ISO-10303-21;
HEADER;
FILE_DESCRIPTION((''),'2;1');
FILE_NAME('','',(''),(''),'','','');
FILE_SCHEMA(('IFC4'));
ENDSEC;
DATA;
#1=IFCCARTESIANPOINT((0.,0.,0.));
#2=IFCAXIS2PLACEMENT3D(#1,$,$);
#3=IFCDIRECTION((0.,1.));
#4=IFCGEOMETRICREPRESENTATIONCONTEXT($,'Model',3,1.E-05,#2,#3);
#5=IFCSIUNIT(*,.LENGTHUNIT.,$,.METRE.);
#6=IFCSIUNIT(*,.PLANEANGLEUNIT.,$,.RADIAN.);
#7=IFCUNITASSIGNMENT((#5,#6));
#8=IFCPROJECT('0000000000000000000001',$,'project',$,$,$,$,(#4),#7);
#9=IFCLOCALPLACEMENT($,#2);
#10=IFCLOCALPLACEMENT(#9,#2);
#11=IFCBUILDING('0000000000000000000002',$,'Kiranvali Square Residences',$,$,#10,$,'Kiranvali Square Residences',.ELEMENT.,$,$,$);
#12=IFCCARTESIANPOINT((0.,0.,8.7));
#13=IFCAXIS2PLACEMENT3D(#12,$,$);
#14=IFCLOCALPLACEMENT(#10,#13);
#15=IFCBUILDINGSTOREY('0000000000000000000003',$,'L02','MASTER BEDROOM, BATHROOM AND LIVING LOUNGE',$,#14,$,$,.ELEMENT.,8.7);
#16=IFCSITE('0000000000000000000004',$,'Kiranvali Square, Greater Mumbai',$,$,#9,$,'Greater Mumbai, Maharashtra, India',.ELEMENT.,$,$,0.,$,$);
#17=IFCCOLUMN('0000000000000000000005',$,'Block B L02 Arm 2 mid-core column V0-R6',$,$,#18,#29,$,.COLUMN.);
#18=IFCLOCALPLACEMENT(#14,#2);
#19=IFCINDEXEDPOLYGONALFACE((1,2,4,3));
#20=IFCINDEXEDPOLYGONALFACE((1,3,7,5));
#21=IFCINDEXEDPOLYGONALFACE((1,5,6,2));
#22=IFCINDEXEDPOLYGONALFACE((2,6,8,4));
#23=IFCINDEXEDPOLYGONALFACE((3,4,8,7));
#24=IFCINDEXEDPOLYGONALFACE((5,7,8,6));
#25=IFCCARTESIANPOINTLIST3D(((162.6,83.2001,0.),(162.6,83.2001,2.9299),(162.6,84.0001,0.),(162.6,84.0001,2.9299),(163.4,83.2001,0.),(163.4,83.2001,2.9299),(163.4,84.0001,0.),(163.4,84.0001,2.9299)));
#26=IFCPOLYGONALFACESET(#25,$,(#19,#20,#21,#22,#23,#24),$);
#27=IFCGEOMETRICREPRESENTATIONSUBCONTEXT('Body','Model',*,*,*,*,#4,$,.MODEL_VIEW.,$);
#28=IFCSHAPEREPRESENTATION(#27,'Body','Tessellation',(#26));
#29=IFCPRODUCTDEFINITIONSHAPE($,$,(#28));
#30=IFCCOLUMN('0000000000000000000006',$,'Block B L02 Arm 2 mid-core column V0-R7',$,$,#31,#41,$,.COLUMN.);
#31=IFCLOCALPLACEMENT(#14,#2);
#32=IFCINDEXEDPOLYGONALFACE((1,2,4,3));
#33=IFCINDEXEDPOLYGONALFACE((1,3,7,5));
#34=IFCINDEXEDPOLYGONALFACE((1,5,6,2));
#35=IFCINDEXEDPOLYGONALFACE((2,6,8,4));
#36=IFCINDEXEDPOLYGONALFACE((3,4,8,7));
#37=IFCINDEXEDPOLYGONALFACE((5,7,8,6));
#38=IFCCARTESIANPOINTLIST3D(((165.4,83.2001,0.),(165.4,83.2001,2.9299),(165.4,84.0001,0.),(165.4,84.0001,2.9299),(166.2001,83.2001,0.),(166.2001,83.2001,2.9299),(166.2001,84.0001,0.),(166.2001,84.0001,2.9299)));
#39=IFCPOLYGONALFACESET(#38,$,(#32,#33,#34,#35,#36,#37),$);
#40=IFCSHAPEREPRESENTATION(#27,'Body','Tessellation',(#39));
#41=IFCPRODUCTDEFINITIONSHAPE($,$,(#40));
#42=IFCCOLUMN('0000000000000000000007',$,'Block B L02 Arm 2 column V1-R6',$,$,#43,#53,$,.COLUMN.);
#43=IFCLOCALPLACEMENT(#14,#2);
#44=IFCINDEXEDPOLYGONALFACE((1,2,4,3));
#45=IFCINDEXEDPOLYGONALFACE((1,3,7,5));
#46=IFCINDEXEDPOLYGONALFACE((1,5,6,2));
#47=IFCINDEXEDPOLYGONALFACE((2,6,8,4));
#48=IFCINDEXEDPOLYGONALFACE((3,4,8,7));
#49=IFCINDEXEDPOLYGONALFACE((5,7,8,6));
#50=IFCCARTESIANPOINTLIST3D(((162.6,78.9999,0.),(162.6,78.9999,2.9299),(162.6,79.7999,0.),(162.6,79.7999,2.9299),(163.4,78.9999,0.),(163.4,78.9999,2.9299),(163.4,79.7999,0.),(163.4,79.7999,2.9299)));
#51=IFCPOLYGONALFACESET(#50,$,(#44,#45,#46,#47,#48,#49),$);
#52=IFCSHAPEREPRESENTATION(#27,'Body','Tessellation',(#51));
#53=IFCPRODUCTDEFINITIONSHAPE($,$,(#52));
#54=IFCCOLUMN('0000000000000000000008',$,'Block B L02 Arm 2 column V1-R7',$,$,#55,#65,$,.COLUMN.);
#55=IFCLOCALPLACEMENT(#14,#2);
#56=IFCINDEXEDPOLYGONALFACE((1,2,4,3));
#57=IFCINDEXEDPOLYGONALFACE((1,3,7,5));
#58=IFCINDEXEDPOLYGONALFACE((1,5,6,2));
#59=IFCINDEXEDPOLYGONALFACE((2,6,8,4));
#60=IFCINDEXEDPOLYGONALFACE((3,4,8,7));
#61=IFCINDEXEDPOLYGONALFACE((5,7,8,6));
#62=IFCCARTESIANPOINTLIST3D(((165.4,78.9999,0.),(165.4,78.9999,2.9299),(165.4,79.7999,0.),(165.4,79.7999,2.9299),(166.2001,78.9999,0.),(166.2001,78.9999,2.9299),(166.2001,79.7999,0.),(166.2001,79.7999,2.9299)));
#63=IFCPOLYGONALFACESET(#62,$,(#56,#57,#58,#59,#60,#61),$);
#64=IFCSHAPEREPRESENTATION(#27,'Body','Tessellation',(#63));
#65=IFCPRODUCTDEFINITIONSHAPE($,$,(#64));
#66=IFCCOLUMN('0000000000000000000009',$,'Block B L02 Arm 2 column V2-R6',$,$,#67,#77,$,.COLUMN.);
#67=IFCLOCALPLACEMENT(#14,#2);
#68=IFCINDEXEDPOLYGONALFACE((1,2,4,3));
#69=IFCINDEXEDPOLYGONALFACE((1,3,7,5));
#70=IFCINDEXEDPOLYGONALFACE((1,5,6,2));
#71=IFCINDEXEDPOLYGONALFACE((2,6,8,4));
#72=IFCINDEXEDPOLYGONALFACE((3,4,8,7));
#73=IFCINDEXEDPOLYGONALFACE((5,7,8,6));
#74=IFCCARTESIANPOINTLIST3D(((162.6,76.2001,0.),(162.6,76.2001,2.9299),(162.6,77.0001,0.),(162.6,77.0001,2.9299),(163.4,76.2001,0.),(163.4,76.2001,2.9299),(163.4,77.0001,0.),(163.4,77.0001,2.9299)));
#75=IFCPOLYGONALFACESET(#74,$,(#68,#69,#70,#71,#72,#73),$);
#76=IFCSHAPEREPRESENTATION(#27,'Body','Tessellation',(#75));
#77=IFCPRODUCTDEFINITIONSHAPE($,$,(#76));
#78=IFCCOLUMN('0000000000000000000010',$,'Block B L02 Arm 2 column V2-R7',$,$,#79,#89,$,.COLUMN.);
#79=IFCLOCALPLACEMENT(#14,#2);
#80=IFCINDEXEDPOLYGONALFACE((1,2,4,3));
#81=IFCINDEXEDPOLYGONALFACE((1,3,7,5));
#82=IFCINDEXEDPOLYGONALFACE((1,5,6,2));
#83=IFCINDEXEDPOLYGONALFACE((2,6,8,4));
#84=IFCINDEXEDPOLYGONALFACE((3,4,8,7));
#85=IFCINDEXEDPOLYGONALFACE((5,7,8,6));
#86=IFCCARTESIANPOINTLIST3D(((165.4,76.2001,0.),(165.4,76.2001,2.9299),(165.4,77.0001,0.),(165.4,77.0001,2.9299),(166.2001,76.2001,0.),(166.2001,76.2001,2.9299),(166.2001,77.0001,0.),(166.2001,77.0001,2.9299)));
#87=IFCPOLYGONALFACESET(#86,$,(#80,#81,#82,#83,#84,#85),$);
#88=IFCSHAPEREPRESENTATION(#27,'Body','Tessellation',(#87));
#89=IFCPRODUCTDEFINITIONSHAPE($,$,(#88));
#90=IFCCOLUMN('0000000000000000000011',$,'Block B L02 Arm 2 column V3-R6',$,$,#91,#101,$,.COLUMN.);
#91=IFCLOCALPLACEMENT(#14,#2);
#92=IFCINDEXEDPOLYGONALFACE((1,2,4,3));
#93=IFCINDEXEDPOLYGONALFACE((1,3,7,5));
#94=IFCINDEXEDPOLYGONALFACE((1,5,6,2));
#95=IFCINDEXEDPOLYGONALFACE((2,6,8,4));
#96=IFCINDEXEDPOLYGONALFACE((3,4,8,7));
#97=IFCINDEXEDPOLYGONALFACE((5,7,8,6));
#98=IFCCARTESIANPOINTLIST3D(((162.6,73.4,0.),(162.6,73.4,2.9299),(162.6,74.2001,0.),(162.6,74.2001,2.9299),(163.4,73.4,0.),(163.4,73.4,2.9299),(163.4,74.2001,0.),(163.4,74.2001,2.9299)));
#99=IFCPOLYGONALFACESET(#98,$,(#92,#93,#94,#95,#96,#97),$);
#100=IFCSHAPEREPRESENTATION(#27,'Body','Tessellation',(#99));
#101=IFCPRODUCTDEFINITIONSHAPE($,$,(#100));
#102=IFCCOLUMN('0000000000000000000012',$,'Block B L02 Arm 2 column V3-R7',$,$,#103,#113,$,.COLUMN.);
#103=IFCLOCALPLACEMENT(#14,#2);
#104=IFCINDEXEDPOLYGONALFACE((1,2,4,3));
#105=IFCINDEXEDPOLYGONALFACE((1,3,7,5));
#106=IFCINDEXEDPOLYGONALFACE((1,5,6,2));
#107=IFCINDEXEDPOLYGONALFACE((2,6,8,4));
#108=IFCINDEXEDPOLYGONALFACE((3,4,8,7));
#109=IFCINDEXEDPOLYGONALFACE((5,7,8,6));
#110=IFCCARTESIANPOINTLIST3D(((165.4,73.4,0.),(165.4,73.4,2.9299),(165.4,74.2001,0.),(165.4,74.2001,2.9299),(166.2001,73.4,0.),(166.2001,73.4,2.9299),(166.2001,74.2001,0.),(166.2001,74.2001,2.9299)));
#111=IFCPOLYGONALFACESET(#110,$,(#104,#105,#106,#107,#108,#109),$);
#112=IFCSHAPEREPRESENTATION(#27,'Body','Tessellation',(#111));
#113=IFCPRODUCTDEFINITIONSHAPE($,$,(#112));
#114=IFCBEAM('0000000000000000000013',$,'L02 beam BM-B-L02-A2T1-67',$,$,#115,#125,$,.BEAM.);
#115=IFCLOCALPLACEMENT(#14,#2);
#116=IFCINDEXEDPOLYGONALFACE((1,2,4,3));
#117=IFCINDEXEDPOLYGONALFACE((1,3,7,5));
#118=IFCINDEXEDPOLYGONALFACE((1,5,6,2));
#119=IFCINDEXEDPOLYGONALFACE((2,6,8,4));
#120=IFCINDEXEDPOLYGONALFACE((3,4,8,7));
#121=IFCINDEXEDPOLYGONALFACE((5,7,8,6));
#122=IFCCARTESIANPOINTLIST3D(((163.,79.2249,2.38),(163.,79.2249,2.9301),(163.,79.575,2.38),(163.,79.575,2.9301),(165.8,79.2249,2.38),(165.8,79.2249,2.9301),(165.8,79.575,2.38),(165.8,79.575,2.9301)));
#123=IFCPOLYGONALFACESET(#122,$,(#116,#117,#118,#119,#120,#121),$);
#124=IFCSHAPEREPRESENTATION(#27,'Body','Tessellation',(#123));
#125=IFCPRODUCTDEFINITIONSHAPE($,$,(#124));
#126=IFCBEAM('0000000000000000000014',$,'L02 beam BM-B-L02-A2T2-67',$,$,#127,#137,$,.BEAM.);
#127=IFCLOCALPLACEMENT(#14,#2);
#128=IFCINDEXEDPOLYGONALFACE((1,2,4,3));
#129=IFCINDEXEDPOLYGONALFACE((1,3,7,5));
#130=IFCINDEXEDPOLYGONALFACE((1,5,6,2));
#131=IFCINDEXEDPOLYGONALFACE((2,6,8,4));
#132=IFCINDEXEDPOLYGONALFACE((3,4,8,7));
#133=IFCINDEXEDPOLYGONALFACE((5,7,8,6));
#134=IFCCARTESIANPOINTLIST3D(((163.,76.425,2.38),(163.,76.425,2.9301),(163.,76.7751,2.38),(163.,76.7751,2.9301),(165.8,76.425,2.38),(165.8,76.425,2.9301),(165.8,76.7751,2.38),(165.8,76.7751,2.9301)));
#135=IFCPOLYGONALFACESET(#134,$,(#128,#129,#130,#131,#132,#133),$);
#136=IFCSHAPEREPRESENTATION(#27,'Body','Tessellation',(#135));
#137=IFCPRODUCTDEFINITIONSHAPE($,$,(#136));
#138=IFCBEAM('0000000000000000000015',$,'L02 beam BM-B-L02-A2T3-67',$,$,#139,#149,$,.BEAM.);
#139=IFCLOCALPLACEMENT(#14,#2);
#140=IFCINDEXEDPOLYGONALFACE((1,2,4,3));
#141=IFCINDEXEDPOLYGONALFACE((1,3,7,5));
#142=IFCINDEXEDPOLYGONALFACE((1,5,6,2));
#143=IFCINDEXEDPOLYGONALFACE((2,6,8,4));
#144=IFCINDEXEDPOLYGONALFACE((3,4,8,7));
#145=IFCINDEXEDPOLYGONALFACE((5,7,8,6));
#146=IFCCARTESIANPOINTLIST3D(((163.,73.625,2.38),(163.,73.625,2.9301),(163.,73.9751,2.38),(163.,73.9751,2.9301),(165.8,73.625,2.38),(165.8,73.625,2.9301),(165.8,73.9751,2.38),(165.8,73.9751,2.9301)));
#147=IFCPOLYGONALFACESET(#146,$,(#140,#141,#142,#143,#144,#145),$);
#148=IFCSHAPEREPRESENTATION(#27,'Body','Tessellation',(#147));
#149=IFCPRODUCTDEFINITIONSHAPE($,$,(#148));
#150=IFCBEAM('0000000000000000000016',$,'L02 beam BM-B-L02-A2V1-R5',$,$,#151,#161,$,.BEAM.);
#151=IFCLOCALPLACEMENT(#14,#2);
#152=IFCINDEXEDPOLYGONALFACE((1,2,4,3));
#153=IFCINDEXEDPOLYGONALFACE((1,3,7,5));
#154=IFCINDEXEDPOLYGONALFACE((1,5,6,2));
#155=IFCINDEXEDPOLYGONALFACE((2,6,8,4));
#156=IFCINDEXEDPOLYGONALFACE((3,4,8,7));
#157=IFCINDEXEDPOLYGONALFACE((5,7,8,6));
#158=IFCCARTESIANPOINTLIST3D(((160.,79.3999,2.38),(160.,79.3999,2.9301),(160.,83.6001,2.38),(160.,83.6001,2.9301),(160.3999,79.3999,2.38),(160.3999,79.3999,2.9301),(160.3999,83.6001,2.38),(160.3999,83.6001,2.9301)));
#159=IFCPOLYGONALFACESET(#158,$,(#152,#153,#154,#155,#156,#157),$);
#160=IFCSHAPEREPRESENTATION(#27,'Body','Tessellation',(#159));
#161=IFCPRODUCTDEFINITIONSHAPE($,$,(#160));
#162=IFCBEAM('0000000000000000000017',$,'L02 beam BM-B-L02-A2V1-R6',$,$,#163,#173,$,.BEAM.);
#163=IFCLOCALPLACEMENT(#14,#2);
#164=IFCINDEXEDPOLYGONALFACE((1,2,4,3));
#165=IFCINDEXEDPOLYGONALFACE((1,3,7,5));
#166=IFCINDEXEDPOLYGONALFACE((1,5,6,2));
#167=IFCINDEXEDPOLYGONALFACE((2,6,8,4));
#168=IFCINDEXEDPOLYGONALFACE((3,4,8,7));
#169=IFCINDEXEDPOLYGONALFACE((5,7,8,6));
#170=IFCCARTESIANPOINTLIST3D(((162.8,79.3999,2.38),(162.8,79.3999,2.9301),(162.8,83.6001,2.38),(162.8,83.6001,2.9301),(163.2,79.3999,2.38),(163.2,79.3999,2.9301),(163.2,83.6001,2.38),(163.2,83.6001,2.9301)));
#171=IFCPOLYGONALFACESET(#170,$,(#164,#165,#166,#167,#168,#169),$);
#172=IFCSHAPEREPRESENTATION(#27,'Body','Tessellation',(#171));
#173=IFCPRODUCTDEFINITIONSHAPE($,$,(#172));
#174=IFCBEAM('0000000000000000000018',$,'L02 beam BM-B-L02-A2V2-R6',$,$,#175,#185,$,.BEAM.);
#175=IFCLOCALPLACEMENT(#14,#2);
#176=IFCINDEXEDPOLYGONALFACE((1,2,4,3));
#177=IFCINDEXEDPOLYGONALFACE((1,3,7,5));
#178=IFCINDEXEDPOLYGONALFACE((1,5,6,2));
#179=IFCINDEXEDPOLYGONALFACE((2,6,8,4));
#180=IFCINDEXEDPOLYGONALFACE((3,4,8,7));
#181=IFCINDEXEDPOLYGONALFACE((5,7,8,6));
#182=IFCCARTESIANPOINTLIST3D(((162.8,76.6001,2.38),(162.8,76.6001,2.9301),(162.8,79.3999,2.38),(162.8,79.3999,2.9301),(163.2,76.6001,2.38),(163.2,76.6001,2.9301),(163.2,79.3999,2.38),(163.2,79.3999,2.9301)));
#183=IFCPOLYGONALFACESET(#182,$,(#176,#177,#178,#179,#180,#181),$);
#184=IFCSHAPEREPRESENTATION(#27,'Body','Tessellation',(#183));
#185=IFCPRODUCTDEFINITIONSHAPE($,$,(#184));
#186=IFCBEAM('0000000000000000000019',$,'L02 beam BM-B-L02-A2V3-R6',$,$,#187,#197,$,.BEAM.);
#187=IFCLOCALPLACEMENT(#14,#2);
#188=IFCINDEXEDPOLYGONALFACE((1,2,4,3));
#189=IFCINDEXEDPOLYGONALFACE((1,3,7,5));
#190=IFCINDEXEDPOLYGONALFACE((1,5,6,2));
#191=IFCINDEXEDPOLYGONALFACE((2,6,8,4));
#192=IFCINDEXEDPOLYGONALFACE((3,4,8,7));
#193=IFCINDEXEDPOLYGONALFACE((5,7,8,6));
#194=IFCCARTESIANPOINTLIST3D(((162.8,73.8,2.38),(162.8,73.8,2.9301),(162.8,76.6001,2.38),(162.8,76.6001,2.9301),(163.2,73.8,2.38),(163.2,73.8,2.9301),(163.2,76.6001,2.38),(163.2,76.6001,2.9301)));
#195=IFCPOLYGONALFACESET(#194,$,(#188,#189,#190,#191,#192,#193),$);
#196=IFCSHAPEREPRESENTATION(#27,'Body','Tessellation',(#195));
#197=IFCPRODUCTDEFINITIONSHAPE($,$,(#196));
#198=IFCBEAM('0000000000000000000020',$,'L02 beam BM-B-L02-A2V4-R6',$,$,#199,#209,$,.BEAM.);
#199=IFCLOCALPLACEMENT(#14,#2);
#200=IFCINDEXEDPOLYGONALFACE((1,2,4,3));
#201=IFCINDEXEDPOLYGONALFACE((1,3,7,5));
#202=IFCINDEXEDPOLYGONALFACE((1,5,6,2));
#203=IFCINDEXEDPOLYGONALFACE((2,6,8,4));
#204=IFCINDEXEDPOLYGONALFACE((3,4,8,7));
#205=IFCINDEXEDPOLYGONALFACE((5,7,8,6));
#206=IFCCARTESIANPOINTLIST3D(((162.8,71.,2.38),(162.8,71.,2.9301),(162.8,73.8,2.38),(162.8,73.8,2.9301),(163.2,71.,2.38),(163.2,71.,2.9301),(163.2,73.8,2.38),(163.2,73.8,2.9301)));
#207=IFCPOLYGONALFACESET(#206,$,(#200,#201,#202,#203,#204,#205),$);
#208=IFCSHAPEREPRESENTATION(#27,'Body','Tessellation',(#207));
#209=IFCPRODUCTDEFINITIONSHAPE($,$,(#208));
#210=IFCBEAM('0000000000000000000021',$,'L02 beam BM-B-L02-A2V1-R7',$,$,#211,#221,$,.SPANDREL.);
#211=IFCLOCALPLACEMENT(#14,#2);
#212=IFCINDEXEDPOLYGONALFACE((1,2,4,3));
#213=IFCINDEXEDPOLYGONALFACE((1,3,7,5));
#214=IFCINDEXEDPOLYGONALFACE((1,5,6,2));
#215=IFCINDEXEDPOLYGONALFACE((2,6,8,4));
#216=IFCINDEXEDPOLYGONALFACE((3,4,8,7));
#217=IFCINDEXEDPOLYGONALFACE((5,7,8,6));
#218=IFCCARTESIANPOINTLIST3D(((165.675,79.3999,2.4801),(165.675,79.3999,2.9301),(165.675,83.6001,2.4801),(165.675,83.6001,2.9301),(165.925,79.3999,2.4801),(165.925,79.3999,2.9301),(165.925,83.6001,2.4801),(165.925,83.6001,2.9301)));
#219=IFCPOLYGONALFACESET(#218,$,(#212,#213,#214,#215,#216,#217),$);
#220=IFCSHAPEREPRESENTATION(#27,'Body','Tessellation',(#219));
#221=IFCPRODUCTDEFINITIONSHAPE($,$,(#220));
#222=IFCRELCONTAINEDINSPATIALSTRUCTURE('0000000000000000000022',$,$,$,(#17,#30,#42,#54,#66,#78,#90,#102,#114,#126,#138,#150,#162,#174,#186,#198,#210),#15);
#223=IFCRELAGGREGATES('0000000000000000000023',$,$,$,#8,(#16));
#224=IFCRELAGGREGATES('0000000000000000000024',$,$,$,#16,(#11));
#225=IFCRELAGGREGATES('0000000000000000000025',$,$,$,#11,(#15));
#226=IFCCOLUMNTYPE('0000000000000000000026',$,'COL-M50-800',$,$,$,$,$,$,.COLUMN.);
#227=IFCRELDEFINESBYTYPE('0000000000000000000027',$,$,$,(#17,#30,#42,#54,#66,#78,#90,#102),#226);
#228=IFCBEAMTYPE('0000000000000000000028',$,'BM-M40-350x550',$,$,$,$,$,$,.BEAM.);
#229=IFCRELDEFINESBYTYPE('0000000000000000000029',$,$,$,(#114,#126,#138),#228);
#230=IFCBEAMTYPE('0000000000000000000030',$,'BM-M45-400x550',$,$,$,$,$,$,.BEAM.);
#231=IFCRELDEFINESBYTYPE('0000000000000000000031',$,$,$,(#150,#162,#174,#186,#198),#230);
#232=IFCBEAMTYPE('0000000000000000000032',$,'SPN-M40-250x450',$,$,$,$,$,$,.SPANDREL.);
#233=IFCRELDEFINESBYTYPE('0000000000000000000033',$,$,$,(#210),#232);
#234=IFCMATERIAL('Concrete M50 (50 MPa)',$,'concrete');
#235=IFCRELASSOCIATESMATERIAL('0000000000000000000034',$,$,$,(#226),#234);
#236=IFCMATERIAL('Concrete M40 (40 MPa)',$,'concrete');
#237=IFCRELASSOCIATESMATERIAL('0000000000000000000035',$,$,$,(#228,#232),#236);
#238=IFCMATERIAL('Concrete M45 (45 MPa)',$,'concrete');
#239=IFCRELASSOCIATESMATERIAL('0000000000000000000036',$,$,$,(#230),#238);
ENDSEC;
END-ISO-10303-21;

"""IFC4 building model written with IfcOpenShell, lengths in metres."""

from ifc_helpers import new_model, si_unit, direction, frame, origin, origin_2d, place, context, subcontext, project, spatial, rectangle, extrude, material, material_profile, profile_set, type_object, element, save


model = new_model("IFC4")

# Units and contexts
model_context = context("Model", 3, precision=1e-05, world=origin(), true_north=direction((0.0, 1.0)))
body_context = subcontext(model_context, "Body", "Model", "MODEL_VIEW")
ifc_project = project(units=[si_unit("LENGTHUNIT", "METRE"), si_unit("PLANEANGLEUNIT", "RADIAN")], contexts=[model_context])

# Site, building, storey
site_placement = place(None, origin())
site = spatial("IfcSite", under=ifc_project, at=site_placement, Name="Kiranvali Square, Greater Mumbai", LongName="Greater Mumbai, Maharashtra, India", CompositionType="ELEMENT", RefElevation=0.0)
building_placement = place(site_placement, origin())
building = spatial("IfcBuilding", under=site, at=building_placement, Name="Kiranvali Square Residences", LongName="Kiranvali Square Residences", CompositionType="ELEMENT")
storey_placement = place(building_placement, frame((0.0, 0.0, 8.7)))
storey = spatial("IfcBuildingStorey", under=building, at=storey_placement, Name="L02", Description="MASTER BEDROOM, BATHROOM AND LIVING LOUNGE", CompositionType="ELEMENT", Elevation=8.7)

# Columns
ifc_material_1 = material(Name="Concrete M50 (50 MPa)", Category="concrete")
ifc_material_profile_1 = material_profile(ifc_material_1, rectangle(XDim=0.8, YDim=0.8, at=origin_2d()), Name="RC 800x800")
ifc_profile_set_1 = profile_set([ifc_material_profile_1], Name="Concrete M50 (50 MPa)")
column_type = type_object("IfcColumnType", Name="COL-M50-800", PredefinedType="COLUMN", material=ifc_profile_set_1)
for number, where, z_axis, x_axis, name in (
    (1, (163.0, 83.6001, 0.0), (0.0, 0.0, 1.0), (1.0, 0.0, 0.0), "Block B L02 Arm 2 mid-core column V0-R6"),
    (2, (165.8, 83.6001, 0.0), (0.0, 0.0, 1.0), (1.0, 0.0, 0.0), "Block B L02 Arm 2 mid-core column V0-R7"),
    (3, (163.0, 79.3999, 0.0), (0.0, 0.0, 1.0), (1.0, 0.0, 0.0), "Block B L02 Arm 2 column V1-R6"),
    (4, (165.8, 79.3999, 0.0), (0.0, 0.0, 1.0), (1.0, 0.0, 0.0), "Block B L02 Arm 2 column V1-R7"),
    (5, (163.0, 76.6001, 0.0), (0.0, 0.0, 1.0), (1.0, 0.0, 0.0), "Block B L02 Arm 2 column V2-R6"),
    (6, (165.8, 76.6001, 0.0), (0.0, 0.0, 1.0), (1.0, 0.0, 0.0), "Block B L02 Arm 2 column V2-R7"),
    (7, (163.0, 73.8, 0.0), (0.0, 0.0, 1.0), (1.0, 0.0, 0.0), "Block B L02 Arm 2 column V3-R6"),
    (8, (165.8, 73.8, 0.0), (0.0, 0.0, 1.0), (1.0, 0.0, 0.0), "Block B L02 Arm 2 column V3-R7"),
):
    element("IfcColumn", number, at=place(storey_placement, frame(where, z_axis=z_axis, x_axis=x_axis)), inside=storey, type_object=column_type, Name=name, PredefinedType="COLUMN", context=body_context, shape_type="SweptSolid", body=[
        extrude(rectangle(XDim=0.8, YDim=0.8, at=origin_2d()), origin(), (0.0, 0.0, 1.0), 2.9299),
    ])

# Beams
ifc_material_2 = material(Name="Concrete M40 (40 MPa)", Category="concrete")
ifc_material_profile_2 = material_profile(ifc_material_2, rectangle(XDim=0.3501, YDim=0.55, at=origin_2d()), Name="RC 350x550")
ifc_profile_set_2 = profile_set([ifc_material_profile_2], Name="Concrete M40 (40 MPa)")
beam_type_1 = type_object("IfcBeamType", Name="BM-M40-350x550", PredefinedType="BEAM", material=ifc_profile_set_2)
for number, where, z_axis, x_axis, name in (
    (9, (163.0, 79.3999, 2.655), (1.0, 0.0, 0.0), (0.0, 1.0, 0.0), "L02 beam BM-B-L02-A2T1-67"),
    (10, (163.0, 76.6001, 2.655), (1.0, 0.0, 0.0), (0.0, 1.0, 0.0), "L02 beam BM-B-L02-A2T2-67"),
    (11, (163.0, 73.8, 2.655), (1.0, 0.0, 0.0), (0.0, 1.0, 0.0), "L02 beam BM-B-L02-A2T3-67"),
):
    element("IfcBeam", number, at=place(storey_placement, frame(where, z_axis=z_axis, x_axis=x_axis)), inside=storey, type_object=beam_type_1, Name=name, PredefinedType="BEAM", context=body_context, shape_type="SweptSolid", body=[
        extrude(rectangle(XDim=0.3501, YDim=0.55, at=origin_2d()), origin(), (0.0, 0.0, 1.0), 2.8),
    ])
ifc_material_3 = material(Name="Concrete M45 (45 MPa)", Category="concrete")
ifc_material_profile_3 = material_profile(ifc_material_3, rectangle(XDim=0.3999, YDim=0.55, at=origin_2d()), Name="RC 400x550")
ifc_profile_set_3 = profile_set([ifc_material_profile_3], Name="Concrete M45 (45 MPa)")
beam_type_2 = type_object("IfcBeamType", Name="BM-M45-400x550", PredefinedType="BEAM", material=ifc_profile_set_3)
for number, where, z_axis, x_axis, name in (
    (12, (160.2, 83.6001, 2.655), (0.0, -1.0, 0.0), (1.0, 0.0, 0.0), "L02 beam BM-B-L02-A2V1-R5"),
    (13, (163.0, 83.6001, 2.655), (0.0, -1.0, 0.0), (1.0, 0.0, 0.0), "L02 beam BM-B-L02-A2V1-R6"),
):
    element("IfcBeam", number, at=place(storey_placement, frame(where, z_axis=z_axis, x_axis=x_axis)), inside=storey, type_object=beam_type_2, Name=name, PredefinedType="BEAM", context=body_context, shape_type="SweptSolid", body=[
        extrude(rectangle(XDim=0.3999, YDim=0.55, at=origin_2d()), origin(), (0.0, 0.0, 1.0), 4.2002),
    ])
beam_1_placement = place(storey_placement, frame((163.0, 79.3999, 2.655), z_axis=(0.0, -1.0, 0.0), x_axis=(1.0, 0.0, 0.0)))
element("IfcBeam", 14, at=beam_1_placement, inside=storey, type_object=beam_type_2, Name="L02 beam BM-B-L02-A2V2-R6", PredefinedType="BEAM", context=body_context, shape_type="SweptSolid", body=[
    extrude(rectangle(XDim=0.3999, YDim=0.55, at=origin_2d()), origin(), (0.0, 0.0, 1.0), 2.7998),
])
for number, where, z_axis, x_axis, name in (
    (15, (163.0, 76.6001, 2.655), (0.0, -1.0, 0.0), (1.0, 0.0, 0.0), "L02 beam BM-B-L02-A2V3-R6"),
    (16, (163.0, 73.8, 2.655), (0.0, -1.0, 0.0), (1.0, 0.0, 0.0), "L02 beam BM-B-L02-A2V4-R6"),
):
    element("IfcBeam", number, at=place(storey_placement, frame(where, z_axis=z_axis, x_axis=x_axis)), inside=storey, type_object=beam_type_2, Name=name, PredefinedType="BEAM", context=body_context, shape_type="SweptSolid", body=[
        extrude(rectangle(XDim=0.3999, YDim=0.55, at=origin_2d()), origin(), (0.0, 0.0, 1.0), 2.8),
    ])
ifc_material_profile_4 = material_profile(ifc_material_2, rectangle(XDim=0.25, YDim=0.45, at=origin_2d()), Name="RC 250x450")
ifc_profile_set_4 = profile_set([ifc_material_profile_4], Name="Concrete M40 (40 MPa)")
beam_type_3 = type_object("IfcBeamType", Name="SPN-M40-250x450", PredefinedType="SPANDREL", material=ifc_profile_set_4)
beam_2_placement = place(storey_placement, frame((165.8, 83.6001, 2.7051), z_axis=(0.0, -1.0, 0.0), x_axis=(1.0, 0.0, 0.0)))
element("IfcBeam", 17, at=beam_2_placement, inside=storey, type_object=beam_type_3, Name="L02 beam BM-B-L02-A2V1-R7", PredefinedType="SPANDREL", context=body_context, shape_type="SweptSolid", body=[
    extrude(rectangle(XDim=0.25, YDim=0.45, at=origin_2d()), origin(), (0.0, 0.0, 1.0), 4.2002),
])

save(model, "model.ifc")
